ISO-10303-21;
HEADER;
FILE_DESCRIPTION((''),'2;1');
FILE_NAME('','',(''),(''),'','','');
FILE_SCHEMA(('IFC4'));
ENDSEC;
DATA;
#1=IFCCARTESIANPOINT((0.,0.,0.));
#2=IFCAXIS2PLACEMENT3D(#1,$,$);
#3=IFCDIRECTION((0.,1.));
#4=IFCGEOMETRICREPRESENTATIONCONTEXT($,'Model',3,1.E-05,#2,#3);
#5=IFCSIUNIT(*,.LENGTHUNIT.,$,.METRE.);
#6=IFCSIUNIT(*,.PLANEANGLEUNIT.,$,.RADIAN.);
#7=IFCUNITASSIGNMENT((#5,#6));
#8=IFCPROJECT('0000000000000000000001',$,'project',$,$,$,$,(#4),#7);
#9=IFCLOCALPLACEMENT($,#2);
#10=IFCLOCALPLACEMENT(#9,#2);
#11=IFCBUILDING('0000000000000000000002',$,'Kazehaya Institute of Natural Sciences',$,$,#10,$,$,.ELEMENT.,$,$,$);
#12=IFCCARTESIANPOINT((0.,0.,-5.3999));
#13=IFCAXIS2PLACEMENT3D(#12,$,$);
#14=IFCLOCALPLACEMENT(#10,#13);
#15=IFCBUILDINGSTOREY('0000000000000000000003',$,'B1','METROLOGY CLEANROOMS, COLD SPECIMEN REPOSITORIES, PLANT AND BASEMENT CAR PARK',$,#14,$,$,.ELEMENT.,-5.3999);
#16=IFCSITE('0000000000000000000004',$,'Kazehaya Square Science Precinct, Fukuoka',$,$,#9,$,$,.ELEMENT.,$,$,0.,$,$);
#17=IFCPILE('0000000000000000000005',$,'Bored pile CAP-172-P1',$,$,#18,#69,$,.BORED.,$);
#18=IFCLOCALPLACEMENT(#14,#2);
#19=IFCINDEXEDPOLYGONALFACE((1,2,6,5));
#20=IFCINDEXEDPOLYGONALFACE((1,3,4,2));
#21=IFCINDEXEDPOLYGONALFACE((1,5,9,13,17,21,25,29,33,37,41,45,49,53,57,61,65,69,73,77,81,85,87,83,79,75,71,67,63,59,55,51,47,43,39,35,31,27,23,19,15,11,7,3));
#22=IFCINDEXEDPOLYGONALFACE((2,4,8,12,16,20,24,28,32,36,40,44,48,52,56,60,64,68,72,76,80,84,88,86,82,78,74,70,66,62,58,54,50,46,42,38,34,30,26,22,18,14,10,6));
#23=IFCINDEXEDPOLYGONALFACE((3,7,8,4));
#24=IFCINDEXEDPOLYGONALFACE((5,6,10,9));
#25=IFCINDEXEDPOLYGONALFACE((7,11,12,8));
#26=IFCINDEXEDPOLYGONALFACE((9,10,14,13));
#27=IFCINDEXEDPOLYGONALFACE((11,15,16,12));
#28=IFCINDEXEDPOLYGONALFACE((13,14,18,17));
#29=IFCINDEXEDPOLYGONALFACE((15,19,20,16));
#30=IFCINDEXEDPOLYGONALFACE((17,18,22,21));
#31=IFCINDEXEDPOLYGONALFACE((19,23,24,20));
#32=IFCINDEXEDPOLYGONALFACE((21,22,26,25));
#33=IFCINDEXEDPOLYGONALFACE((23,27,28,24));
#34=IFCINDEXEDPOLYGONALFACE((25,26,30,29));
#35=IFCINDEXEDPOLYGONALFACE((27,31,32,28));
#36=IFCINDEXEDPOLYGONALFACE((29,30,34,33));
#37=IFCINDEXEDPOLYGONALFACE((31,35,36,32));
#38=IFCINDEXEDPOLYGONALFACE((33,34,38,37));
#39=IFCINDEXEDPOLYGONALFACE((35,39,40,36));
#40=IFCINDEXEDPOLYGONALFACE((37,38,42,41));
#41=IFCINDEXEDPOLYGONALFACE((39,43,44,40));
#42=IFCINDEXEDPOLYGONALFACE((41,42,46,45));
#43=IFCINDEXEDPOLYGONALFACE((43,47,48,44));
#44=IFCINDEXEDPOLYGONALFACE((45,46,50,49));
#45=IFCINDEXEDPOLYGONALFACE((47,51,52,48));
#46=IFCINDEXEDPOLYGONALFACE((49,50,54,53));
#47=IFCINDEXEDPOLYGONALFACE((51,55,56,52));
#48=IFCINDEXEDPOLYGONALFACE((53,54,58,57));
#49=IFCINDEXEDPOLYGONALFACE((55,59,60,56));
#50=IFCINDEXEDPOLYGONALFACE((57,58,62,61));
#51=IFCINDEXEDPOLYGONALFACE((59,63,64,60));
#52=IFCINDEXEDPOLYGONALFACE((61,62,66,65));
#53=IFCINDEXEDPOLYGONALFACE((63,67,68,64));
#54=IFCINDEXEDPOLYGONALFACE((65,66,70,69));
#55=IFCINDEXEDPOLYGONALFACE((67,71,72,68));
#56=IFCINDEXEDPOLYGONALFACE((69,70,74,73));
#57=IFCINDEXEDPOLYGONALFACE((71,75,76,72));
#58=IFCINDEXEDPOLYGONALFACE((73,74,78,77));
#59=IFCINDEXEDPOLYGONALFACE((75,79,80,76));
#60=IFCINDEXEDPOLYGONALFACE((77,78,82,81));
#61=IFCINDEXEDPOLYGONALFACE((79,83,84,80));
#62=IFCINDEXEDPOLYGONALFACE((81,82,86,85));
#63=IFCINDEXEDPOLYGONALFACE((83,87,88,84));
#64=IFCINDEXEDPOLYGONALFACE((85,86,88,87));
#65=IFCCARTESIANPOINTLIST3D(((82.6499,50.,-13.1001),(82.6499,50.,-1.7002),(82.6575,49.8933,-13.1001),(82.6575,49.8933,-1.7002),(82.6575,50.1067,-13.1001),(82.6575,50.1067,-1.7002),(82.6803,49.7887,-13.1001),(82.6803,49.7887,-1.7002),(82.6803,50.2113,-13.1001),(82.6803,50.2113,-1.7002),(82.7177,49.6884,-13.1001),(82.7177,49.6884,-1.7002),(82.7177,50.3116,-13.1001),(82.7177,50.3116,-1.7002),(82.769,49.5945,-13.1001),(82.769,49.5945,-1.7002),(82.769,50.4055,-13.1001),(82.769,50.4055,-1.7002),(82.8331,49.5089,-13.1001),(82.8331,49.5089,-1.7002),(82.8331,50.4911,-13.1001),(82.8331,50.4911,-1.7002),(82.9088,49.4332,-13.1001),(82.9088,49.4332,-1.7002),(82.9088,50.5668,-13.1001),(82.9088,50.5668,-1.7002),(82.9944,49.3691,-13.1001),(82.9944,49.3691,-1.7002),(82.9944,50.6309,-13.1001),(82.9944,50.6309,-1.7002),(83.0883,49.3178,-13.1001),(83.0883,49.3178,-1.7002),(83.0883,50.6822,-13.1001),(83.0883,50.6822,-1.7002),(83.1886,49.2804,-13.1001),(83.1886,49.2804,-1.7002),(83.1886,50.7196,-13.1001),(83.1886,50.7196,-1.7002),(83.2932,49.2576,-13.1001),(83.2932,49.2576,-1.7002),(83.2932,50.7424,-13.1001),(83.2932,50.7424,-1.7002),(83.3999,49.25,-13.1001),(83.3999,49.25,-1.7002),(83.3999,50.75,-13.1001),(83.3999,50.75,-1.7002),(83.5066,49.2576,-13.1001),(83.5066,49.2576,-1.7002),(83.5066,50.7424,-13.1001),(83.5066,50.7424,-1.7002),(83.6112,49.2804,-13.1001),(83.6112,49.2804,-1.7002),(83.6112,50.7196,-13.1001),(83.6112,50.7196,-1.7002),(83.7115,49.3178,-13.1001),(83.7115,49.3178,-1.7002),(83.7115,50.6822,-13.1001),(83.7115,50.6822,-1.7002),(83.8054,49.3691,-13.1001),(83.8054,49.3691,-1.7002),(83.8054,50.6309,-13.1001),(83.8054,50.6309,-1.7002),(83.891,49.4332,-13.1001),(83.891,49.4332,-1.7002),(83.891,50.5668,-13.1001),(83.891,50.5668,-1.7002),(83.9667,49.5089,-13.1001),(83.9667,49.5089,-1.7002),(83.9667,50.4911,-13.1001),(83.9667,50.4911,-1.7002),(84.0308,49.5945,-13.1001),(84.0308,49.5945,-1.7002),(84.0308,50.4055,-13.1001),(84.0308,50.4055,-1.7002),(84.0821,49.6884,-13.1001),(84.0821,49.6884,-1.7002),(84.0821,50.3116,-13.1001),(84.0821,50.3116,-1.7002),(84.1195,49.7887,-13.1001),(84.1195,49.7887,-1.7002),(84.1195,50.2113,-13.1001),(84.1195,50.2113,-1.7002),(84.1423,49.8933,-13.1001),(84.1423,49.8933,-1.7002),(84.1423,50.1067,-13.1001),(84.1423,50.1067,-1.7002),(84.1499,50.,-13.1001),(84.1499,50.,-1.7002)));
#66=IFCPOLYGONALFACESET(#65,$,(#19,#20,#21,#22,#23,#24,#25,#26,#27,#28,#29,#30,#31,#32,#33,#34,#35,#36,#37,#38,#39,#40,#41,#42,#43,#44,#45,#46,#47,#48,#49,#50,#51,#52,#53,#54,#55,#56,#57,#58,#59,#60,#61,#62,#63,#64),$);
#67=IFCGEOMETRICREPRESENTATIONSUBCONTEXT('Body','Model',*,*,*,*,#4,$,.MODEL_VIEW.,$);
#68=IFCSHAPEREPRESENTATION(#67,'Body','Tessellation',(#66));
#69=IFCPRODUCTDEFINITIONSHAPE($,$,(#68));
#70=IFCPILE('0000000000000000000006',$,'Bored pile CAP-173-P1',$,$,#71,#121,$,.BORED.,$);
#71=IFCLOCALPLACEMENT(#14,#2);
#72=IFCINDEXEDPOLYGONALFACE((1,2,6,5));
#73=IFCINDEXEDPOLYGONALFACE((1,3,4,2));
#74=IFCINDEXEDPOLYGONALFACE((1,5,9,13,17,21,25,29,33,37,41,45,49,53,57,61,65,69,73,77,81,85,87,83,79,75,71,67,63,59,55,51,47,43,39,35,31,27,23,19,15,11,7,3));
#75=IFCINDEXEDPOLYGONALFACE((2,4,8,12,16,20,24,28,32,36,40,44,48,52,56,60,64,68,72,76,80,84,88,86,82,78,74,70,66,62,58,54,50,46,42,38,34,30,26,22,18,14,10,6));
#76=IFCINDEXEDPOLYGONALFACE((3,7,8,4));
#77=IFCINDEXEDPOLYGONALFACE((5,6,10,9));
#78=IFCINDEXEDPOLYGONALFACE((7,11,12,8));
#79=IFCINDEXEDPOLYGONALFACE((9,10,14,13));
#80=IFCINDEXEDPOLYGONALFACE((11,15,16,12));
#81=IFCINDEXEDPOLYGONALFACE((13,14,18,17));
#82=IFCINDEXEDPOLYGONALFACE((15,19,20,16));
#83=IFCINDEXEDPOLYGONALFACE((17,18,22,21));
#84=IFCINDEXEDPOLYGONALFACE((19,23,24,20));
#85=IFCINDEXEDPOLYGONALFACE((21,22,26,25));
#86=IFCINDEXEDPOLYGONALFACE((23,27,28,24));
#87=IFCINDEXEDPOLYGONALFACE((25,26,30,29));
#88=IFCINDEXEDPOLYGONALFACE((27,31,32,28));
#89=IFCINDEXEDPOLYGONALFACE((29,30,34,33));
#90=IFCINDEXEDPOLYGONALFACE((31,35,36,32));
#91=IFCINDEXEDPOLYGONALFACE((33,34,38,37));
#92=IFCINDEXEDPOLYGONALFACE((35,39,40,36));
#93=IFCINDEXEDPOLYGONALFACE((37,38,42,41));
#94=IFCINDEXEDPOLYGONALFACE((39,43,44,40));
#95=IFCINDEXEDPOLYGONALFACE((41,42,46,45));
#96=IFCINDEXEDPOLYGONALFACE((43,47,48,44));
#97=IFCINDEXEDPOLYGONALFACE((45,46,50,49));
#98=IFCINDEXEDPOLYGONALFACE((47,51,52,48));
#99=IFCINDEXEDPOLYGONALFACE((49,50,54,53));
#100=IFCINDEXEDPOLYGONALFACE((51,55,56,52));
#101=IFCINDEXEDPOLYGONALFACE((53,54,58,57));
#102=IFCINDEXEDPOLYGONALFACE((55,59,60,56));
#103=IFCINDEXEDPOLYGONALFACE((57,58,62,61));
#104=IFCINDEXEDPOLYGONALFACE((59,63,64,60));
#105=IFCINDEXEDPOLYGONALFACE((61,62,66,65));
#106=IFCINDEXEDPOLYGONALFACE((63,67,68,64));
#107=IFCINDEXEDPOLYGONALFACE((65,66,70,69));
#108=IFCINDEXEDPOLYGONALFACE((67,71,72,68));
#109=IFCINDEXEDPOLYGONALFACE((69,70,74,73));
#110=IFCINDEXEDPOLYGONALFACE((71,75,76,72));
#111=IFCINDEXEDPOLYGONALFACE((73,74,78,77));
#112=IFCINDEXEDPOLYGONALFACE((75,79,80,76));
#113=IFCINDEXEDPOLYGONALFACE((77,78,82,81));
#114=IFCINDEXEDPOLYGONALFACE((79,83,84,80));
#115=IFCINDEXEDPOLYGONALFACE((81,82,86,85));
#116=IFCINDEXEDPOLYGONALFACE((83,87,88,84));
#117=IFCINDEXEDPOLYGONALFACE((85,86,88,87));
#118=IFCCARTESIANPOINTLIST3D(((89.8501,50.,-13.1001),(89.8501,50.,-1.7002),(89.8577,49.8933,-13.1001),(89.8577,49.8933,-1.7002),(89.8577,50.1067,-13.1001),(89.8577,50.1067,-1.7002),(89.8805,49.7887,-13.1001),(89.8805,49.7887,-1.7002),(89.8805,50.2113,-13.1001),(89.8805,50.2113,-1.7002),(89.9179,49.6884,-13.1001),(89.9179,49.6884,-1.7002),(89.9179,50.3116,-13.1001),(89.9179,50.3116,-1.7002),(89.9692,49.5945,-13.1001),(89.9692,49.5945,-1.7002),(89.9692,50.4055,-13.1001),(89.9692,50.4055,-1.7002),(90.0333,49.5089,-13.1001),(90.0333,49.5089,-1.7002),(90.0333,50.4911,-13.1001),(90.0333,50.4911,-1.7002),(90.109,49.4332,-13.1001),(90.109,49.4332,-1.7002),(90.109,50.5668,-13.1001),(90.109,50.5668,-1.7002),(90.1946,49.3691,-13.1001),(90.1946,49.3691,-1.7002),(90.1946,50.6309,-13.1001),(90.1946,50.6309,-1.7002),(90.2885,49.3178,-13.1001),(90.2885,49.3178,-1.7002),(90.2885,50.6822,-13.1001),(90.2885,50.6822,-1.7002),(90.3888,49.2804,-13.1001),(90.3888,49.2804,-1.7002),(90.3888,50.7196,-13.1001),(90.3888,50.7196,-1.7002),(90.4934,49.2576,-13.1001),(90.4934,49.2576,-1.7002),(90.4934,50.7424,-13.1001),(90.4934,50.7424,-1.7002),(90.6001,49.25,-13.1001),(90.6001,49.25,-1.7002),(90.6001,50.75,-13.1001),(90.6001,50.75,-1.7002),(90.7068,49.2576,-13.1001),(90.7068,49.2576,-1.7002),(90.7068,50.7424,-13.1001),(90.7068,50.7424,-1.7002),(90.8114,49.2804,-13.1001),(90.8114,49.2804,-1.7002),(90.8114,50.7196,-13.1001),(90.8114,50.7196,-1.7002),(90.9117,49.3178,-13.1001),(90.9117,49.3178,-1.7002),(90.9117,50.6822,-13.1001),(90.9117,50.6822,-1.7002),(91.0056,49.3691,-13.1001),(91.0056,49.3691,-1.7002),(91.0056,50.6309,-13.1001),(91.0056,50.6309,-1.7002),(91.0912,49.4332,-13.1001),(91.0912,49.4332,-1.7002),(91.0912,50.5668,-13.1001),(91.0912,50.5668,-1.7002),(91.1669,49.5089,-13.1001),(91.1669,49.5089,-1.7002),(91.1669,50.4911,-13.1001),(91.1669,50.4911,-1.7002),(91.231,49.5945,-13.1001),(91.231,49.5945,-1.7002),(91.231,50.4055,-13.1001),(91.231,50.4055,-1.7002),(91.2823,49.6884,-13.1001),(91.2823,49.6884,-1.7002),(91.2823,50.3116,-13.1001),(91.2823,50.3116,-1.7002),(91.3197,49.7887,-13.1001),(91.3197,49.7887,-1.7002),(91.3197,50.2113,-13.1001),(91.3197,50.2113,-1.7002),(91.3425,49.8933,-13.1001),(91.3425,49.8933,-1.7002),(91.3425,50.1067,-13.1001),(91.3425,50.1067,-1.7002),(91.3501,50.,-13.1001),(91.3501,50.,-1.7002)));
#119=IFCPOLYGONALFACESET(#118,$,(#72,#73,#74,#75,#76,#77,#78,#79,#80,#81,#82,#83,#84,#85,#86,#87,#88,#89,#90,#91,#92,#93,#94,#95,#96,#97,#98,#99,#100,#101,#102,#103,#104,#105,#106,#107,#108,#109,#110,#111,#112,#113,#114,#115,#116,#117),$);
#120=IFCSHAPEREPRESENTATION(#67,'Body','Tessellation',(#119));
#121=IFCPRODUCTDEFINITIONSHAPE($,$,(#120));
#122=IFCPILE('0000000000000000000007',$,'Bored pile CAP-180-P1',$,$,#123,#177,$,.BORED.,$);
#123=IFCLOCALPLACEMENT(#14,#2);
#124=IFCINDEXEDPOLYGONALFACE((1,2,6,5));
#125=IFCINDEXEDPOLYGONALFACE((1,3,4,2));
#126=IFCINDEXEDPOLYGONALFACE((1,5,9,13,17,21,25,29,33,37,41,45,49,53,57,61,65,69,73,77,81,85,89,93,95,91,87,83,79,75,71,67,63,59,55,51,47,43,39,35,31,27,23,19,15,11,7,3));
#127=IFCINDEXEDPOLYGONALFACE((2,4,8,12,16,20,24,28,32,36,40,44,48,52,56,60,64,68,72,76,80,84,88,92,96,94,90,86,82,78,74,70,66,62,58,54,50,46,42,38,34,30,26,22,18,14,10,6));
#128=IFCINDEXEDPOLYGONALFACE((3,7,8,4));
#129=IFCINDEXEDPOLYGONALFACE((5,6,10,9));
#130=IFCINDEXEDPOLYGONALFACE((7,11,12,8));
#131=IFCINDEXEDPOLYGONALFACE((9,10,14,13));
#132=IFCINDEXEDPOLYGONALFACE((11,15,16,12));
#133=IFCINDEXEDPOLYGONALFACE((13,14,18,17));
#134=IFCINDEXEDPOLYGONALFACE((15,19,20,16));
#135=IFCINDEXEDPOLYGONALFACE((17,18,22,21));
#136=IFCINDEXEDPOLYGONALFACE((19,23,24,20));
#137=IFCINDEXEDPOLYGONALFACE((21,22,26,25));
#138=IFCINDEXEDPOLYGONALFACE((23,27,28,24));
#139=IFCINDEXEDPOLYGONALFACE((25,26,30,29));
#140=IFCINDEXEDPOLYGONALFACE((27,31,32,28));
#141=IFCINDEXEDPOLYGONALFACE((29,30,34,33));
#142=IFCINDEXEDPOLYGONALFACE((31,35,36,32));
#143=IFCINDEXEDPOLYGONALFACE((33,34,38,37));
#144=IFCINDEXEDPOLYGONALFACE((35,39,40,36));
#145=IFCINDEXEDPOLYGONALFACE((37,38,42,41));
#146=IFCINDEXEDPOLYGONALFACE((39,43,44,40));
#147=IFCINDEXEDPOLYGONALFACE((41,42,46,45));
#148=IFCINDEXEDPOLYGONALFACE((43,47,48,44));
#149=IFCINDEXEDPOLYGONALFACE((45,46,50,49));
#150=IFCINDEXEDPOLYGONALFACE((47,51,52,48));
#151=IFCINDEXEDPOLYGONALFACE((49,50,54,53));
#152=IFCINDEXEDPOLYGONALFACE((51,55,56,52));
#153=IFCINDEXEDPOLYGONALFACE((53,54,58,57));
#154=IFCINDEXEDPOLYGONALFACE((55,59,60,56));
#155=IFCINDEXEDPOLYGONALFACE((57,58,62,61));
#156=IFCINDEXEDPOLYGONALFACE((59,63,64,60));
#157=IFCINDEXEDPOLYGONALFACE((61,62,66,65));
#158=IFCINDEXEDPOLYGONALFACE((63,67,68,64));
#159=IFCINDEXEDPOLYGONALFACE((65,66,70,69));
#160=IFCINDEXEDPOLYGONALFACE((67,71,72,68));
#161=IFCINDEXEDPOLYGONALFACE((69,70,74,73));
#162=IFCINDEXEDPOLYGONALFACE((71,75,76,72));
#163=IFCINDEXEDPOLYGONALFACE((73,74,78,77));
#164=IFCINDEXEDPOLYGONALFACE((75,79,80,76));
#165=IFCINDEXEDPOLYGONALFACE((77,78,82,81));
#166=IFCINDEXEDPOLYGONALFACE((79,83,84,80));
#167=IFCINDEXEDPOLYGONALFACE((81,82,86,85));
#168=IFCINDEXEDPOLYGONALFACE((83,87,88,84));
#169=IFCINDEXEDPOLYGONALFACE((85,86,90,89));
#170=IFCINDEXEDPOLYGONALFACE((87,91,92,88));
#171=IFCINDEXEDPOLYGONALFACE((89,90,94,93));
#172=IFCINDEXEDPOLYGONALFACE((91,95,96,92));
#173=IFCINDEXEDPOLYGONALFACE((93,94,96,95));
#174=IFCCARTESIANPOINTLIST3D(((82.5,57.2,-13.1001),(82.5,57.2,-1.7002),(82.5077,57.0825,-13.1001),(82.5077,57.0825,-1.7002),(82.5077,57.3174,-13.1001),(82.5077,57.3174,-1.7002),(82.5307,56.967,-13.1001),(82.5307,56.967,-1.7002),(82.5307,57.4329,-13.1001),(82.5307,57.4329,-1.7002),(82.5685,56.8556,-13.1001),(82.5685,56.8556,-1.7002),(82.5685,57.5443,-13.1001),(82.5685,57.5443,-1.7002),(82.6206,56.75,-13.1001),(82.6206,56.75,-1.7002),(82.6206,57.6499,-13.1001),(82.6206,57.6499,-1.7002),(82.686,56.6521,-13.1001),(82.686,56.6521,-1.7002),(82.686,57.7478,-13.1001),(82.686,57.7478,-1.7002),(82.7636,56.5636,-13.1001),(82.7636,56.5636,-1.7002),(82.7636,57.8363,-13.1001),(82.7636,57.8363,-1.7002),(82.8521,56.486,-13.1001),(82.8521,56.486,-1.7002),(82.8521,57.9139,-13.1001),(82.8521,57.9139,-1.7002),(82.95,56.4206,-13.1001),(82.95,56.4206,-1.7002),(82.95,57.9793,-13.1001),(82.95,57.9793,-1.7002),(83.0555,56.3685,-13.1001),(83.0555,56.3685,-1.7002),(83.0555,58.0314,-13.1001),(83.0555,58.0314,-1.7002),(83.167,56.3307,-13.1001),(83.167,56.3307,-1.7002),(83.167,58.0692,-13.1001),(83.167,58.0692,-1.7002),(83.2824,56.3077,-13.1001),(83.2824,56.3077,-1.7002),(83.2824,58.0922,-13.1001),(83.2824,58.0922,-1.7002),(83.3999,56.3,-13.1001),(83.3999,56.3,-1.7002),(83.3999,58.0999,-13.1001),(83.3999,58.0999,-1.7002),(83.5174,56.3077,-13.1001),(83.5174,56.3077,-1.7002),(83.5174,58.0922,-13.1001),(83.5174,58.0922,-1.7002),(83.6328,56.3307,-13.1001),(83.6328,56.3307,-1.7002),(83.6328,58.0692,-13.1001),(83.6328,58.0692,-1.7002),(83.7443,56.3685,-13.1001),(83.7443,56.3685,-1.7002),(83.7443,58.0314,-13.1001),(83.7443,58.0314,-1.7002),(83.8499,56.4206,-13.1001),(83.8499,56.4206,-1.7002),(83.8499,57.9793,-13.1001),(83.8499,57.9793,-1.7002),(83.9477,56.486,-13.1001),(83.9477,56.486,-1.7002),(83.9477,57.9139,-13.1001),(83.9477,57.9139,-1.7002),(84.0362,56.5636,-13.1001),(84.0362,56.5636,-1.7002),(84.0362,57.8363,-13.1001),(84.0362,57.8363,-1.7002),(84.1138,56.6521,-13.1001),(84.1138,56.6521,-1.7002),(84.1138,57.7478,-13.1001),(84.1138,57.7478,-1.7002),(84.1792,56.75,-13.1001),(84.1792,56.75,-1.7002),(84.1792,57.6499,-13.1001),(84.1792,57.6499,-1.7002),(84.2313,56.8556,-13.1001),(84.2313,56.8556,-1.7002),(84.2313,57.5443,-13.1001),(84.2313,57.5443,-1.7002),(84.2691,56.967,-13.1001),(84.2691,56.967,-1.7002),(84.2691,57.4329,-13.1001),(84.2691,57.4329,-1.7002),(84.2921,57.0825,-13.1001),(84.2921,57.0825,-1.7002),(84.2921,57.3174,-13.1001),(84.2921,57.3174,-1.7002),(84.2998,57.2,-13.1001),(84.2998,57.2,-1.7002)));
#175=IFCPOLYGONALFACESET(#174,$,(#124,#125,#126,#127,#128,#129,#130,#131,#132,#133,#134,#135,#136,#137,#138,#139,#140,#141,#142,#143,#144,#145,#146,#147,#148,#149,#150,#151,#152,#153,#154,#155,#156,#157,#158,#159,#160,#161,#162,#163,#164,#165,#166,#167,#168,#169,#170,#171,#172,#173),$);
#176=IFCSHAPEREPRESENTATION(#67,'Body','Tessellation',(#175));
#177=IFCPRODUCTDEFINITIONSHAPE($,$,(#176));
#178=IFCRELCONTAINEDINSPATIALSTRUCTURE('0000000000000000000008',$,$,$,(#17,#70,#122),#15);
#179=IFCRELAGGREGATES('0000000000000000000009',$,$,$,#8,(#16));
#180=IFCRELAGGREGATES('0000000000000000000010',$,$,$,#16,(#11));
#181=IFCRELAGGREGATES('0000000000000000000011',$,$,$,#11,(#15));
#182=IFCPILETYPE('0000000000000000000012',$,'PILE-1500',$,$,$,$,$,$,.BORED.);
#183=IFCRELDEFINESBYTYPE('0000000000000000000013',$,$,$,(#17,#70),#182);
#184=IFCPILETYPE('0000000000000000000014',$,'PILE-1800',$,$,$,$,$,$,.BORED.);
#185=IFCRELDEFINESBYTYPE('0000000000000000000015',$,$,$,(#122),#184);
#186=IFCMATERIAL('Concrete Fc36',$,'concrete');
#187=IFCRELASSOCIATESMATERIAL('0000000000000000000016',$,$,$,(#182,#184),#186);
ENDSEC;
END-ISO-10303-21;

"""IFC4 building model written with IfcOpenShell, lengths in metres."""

from ifc_helpers import new_model, si_unit, direction, frame, origin, origin_2d, place, context, subcontext, project, spatial, circle, extrude, material, material_profile, profile_set, type_object, element, save


model = new_model("IFC4")

# Units and contexts
model_context = context("Model", 3, precision=1e-05, world=origin(), true_north=direction((0.0, 1.0)))
body_context = subcontext(model_context, "Body", "Model", "MODEL_VIEW")
ifc_project = project(units=[si_unit("LENGTHUNIT", "METRE"), si_unit("PLANEANGLEUNIT", "RADIAN")], contexts=[model_context])

# Site, building, storey
site_placement = place(None, origin())
site = spatial("IfcSite", under=ifc_project, at=site_placement, Name="Kazehaya Square Science Precinct, Fukuoka", CompositionType="ELEMENT", RefElevation=0.0)
building_placement = place(site_placement, origin())
building = spatial("IfcBuilding", under=site, at=building_placement, Name="Kazehaya Institute of Natural Sciences", CompositionType="ELEMENT")
storey_placement = place(building_placement, frame((0.0, 0.0, -5.3999)))
storey = spatial("IfcBuildingStorey", under=building, at=storey_placement, Name="B1", Description="METROLOGY CLEANROOMS, COLD SPECIMEN REPOSITORIES, PLANT AND BASEMENT CAR PARK", CompositionType="ELEMENT", Elevation=-5.3999)

# Shared definitions
ifc_material_1 = material(Name="Concrete Fc36", Category="concrete")

# Piles
ifc_material_profile_1 = material_profile(ifc_material_1, circle(Radius=0.75, at=origin_2d()), Name="PILE-1500")
ifc_profile_set_1 = profile_set([ifc_material_profile_1], Name="Concrete Fc36")
pile_type_1 = type_object("IfcPileType", Name="PILE-1500", PredefinedType="BORED", material=ifc_profile_set_1)
for number, where, z_axis, x_axis, name in (
    (1, (83.3999, 50.0, -1.7002), (0.0, 0.0, -1.0), (1.0, 0.0, 0.0), "Bored pile CAP-172-P1"),
    (2, (90.6001, 50.0, -1.7002), (0.0, 0.0, -1.0), (1.0, 0.0, 0.0), "Bored pile CAP-173-P1"),
):
    element("IfcPile", number, at=place(storey_placement, frame(where, z_axis=z_axis, x_axis=x_axis)), inside=storey, type_object=pile_type_1, Name=name, PredefinedType="BORED", context=body_context, shape_type="SweptSolid", body=[
        extrude(circle(Radius=0.75, at=origin_2d()), origin(), (0.0, 0.0, 1.0), 11.3999),
    ])
ifc_material_profile_2 = material_profile(ifc_material_1, circle(Radius=0.8999, at=origin_2d()), Name="PILE-1800")
ifc_profile_set_2 = profile_set([ifc_material_profile_2], Name="Concrete Fc36")
pile_type_2 = type_object("IfcPileType", Name="PILE-1800", PredefinedType="BORED", material=ifc_profile_set_2)
pile_placement = place(storey_placement, frame((83.3999, 57.2, -1.7002), z_axis=(0.0, 0.0, -1.0), x_axis=(1.0, 0.0, 0.0)))
element("IfcPile", 3, at=pile_placement, inside=storey, type_object=pile_type_2, Name="Bored pile CAP-180-P1", PredefinedType="BORED", context=body_context, shape_type="SweptSolid", body=[
    extrude(circle(Radius=0.8999, at=origin_2d()), origin(), (0.0, 0.0, 1.0), 11.3999),
])

save(model, "model.ifc")
